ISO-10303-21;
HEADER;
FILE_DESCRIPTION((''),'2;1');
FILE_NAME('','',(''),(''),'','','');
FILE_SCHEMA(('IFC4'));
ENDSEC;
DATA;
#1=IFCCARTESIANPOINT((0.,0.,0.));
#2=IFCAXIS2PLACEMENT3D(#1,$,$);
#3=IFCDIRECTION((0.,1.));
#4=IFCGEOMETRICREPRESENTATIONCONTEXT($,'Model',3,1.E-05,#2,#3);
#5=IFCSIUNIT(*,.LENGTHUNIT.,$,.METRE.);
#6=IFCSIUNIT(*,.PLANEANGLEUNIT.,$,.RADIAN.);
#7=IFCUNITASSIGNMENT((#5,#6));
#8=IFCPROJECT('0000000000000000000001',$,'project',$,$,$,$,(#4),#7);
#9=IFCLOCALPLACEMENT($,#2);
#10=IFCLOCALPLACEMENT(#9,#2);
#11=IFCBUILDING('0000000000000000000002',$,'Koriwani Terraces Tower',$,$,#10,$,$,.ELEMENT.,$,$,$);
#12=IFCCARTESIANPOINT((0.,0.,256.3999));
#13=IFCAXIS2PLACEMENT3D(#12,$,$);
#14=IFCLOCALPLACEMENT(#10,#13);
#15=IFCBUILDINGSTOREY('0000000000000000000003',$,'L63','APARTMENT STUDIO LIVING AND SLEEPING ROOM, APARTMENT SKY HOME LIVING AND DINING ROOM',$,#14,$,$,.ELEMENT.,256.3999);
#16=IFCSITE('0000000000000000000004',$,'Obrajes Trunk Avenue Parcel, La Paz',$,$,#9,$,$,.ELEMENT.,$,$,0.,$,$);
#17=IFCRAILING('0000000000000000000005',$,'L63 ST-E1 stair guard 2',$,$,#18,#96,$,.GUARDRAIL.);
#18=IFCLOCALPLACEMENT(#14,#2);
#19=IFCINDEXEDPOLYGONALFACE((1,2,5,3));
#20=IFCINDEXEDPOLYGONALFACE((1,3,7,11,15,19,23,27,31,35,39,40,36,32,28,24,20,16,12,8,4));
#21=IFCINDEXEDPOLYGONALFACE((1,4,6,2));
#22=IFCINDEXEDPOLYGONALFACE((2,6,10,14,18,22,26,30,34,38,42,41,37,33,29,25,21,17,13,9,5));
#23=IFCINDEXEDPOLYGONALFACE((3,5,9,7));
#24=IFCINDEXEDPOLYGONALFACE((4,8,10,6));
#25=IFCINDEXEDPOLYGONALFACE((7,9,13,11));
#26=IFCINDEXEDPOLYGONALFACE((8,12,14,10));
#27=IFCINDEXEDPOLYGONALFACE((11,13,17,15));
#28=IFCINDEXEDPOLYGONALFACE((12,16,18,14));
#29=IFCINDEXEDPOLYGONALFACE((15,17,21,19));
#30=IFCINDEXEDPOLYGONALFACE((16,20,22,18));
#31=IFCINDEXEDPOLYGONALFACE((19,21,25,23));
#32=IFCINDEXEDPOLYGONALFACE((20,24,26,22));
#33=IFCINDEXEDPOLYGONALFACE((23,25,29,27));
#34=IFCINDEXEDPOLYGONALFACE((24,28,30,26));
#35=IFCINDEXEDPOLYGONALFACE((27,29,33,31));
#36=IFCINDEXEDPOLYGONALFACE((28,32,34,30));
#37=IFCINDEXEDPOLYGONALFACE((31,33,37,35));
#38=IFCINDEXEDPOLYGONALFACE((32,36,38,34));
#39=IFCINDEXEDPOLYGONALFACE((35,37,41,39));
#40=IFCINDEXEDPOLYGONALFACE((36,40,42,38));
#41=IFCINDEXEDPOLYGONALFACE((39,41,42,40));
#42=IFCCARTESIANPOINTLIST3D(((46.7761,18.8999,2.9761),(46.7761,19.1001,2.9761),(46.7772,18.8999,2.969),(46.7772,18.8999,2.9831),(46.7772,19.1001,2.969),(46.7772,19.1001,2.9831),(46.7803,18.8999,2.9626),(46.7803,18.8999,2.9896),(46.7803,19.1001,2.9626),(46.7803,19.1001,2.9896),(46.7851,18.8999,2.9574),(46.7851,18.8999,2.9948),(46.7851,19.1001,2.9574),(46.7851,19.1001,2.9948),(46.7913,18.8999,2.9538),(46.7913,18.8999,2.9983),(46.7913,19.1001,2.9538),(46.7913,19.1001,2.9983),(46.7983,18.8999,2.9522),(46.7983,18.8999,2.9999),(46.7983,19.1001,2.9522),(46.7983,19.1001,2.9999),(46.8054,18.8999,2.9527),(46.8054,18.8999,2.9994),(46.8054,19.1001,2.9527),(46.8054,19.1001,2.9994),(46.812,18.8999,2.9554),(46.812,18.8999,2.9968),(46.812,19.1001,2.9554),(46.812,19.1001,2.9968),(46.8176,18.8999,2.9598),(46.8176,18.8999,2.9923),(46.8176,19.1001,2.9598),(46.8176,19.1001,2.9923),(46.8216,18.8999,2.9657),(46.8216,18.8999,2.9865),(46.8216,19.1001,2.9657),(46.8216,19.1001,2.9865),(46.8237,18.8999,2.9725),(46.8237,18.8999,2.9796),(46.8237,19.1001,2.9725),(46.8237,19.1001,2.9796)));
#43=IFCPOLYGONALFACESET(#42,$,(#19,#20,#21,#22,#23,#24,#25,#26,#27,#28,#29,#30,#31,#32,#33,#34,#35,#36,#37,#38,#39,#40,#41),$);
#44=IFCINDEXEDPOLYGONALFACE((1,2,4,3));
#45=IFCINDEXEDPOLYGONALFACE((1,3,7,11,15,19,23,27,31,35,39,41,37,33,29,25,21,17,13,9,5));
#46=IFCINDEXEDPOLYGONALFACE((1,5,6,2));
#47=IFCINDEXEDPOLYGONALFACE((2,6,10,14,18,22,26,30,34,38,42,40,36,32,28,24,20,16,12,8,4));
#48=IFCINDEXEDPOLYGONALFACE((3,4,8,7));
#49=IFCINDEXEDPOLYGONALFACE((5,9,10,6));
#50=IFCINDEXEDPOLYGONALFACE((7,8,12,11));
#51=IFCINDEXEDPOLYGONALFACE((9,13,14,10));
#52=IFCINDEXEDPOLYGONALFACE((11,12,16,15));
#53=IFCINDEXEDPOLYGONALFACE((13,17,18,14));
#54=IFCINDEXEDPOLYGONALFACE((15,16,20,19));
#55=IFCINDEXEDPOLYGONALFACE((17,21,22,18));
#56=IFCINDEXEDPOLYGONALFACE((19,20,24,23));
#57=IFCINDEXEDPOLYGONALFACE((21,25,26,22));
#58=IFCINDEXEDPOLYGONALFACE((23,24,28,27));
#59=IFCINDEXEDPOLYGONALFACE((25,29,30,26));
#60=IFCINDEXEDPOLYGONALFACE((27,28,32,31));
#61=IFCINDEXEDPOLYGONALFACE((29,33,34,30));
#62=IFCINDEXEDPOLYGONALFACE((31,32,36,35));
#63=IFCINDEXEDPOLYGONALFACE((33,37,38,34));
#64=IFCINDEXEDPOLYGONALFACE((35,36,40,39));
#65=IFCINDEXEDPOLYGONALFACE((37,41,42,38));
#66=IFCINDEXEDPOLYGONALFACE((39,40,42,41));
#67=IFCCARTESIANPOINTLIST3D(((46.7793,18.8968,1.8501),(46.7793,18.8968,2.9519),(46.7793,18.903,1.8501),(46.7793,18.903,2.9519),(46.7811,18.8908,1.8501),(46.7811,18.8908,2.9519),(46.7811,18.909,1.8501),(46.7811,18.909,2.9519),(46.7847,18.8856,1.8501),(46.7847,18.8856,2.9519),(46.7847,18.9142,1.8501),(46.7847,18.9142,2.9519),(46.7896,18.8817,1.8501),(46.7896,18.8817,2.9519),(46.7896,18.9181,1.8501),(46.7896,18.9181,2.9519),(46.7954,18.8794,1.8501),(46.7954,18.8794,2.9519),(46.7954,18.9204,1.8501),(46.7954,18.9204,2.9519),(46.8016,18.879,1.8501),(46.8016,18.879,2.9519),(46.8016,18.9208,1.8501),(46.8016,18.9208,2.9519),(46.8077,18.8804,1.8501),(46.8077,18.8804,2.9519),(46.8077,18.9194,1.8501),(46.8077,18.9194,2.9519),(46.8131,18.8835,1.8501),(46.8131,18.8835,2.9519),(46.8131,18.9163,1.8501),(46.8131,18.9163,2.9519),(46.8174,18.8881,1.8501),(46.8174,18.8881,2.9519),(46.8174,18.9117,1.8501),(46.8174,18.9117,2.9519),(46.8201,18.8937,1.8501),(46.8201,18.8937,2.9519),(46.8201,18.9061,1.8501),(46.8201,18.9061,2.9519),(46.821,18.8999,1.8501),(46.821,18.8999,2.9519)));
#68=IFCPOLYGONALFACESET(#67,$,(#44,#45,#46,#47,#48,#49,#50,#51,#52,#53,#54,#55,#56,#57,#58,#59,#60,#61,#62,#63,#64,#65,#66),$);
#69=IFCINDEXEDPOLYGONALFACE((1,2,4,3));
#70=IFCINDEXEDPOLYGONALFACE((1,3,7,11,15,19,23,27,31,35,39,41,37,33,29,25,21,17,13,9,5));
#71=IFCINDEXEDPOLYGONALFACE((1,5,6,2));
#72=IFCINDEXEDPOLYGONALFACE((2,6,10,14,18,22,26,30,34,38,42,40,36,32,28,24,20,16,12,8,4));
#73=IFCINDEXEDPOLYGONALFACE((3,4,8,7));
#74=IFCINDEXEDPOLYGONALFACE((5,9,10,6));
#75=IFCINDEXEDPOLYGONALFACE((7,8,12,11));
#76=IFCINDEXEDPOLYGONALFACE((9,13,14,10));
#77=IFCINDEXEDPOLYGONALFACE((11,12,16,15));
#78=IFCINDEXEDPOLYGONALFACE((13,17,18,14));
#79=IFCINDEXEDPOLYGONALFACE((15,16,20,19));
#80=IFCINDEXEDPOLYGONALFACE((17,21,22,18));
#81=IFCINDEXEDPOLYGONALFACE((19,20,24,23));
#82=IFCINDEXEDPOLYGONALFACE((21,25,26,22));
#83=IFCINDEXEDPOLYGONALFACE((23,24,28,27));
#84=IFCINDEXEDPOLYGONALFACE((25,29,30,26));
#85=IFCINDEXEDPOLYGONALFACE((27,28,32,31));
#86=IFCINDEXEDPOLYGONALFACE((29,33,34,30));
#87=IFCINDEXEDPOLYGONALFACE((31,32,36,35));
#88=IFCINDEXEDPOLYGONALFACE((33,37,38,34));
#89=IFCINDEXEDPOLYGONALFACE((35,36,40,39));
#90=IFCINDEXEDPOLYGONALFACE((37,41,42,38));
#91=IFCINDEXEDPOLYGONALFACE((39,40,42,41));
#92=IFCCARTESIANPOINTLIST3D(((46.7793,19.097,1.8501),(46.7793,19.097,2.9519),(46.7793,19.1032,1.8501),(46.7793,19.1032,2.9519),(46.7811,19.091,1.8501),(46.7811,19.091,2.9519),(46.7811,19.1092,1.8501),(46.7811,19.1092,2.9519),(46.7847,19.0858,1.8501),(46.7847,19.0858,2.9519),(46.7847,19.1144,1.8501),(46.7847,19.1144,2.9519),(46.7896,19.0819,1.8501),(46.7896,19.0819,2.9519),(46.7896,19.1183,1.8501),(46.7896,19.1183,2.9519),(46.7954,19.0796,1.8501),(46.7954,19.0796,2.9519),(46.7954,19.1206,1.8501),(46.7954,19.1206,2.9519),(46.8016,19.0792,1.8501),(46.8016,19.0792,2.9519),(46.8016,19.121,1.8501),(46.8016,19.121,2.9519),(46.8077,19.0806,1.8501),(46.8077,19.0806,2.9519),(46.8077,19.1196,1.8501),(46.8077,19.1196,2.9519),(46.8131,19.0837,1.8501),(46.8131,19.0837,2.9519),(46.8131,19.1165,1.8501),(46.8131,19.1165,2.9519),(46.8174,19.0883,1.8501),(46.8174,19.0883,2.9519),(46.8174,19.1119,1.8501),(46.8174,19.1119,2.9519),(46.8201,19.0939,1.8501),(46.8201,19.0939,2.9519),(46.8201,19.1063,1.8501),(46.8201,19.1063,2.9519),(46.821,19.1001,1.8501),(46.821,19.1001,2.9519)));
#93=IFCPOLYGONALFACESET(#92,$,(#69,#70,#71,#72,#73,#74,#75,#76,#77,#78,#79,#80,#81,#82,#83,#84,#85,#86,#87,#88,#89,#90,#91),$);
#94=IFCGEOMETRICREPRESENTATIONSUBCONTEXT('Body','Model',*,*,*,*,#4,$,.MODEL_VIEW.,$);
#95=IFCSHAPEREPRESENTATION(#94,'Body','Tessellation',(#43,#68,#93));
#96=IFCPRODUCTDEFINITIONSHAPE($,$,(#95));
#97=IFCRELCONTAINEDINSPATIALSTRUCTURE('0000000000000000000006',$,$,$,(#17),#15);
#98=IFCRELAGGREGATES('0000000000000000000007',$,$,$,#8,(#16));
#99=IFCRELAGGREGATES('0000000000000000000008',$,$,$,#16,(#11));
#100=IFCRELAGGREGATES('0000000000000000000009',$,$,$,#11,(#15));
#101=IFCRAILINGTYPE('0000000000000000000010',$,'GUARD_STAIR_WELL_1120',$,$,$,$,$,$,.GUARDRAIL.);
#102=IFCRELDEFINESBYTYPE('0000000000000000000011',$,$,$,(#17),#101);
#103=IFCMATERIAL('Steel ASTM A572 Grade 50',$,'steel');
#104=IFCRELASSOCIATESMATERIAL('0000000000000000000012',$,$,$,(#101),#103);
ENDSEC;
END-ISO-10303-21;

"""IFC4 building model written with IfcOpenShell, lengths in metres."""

from ifc_helpers import new_model, si_unit, direction, frame, origin, origin_2d, place, context, subcontext, project, spatial, circle, extrude, material, type_object, element, save


model = new_model("IFC4")

# Units and contexts
model_context = context("Model", 3, precision=1e-05, world=origin(), true_north=direction((0.0, 1.0)))
body_context = subcontext(model_context, "Body", "Model", "MODEL_VIEW")
ifc_project = project(units=[si_unit("LENGTHUNIT", "METRE"), si_unit("PLANEANGLEUNIT", "RADIAN")], contexts=[model_context])

# Site, building, storey
site_placement = place(None, origin())
site = spatial("IfcSite", under=ifc_project, at=site_placement, Name="Obrajes Trunk Avenue Parcel, La Paz", CompositionType="ELEMENT", RefElevation=0.0)
building_placement = place(site_placement, origin())
building = spatial("IfcBuilding", under=site, at=building_placement, Name="Koriwani Terraces Tower", CompositionType="ELEMENT")
storey_placement = place(building_placement, frame((0.0, 0.0, 256.3999)))
storey = spatial("IfcBuildingStorey", under=building, at=storey_placement, Name="L63", Description="APARTMENT STUDIO LIVING AND SLEEPING ROOM, APARTMENT SKY HOME LIVING AND DINING ROOM", CompositionType="ELEMENT", Elevation=256.3999)

# Shared definitions
ifc_material_1 = material(Name="Steel ASTM A572 Grade 50", Category="steel")

# Railing
railing_type_1 = type_object("IfcRailingType", Name="GUARD_STAIR_WELL_1120", PredefinedType="GUARDRAIL", material=ifc_material_1)
railing_1_placement = place(storey_placement, frame((46.8, 18.8999, 1.8501)))
element("IfcRailing", 1, at=railing_1_placement, inside=storey, type_object=railing_type_1, Name="L63 ST-E1 stair guard 2", PredefinedType="GUARDRAIL", context=body_context, shape_type="SweptSolid", body=[
    extrude(circle(Radius=0.0239, at=origin_2d()), frame((0.0, 0.0, 1.126), z_axis=(0.0, 1.0, 0.0), x_axis=(-1.0, 0.0, 0.0)), (0.0, 0.0, 1.0), 0.2002),
    extrude(circle(Radius=0.021, at=origin_2d()), origin(), (0.0, 0.0, 1.0), 1.1018),
    extrude(circle(Radius=0.021, at=origin_2d()), frame((0.0, 0.2002, 0.0)), (0.0, 0.0, 1.0), 1.1018),
])

save(model, "model.ifc")
